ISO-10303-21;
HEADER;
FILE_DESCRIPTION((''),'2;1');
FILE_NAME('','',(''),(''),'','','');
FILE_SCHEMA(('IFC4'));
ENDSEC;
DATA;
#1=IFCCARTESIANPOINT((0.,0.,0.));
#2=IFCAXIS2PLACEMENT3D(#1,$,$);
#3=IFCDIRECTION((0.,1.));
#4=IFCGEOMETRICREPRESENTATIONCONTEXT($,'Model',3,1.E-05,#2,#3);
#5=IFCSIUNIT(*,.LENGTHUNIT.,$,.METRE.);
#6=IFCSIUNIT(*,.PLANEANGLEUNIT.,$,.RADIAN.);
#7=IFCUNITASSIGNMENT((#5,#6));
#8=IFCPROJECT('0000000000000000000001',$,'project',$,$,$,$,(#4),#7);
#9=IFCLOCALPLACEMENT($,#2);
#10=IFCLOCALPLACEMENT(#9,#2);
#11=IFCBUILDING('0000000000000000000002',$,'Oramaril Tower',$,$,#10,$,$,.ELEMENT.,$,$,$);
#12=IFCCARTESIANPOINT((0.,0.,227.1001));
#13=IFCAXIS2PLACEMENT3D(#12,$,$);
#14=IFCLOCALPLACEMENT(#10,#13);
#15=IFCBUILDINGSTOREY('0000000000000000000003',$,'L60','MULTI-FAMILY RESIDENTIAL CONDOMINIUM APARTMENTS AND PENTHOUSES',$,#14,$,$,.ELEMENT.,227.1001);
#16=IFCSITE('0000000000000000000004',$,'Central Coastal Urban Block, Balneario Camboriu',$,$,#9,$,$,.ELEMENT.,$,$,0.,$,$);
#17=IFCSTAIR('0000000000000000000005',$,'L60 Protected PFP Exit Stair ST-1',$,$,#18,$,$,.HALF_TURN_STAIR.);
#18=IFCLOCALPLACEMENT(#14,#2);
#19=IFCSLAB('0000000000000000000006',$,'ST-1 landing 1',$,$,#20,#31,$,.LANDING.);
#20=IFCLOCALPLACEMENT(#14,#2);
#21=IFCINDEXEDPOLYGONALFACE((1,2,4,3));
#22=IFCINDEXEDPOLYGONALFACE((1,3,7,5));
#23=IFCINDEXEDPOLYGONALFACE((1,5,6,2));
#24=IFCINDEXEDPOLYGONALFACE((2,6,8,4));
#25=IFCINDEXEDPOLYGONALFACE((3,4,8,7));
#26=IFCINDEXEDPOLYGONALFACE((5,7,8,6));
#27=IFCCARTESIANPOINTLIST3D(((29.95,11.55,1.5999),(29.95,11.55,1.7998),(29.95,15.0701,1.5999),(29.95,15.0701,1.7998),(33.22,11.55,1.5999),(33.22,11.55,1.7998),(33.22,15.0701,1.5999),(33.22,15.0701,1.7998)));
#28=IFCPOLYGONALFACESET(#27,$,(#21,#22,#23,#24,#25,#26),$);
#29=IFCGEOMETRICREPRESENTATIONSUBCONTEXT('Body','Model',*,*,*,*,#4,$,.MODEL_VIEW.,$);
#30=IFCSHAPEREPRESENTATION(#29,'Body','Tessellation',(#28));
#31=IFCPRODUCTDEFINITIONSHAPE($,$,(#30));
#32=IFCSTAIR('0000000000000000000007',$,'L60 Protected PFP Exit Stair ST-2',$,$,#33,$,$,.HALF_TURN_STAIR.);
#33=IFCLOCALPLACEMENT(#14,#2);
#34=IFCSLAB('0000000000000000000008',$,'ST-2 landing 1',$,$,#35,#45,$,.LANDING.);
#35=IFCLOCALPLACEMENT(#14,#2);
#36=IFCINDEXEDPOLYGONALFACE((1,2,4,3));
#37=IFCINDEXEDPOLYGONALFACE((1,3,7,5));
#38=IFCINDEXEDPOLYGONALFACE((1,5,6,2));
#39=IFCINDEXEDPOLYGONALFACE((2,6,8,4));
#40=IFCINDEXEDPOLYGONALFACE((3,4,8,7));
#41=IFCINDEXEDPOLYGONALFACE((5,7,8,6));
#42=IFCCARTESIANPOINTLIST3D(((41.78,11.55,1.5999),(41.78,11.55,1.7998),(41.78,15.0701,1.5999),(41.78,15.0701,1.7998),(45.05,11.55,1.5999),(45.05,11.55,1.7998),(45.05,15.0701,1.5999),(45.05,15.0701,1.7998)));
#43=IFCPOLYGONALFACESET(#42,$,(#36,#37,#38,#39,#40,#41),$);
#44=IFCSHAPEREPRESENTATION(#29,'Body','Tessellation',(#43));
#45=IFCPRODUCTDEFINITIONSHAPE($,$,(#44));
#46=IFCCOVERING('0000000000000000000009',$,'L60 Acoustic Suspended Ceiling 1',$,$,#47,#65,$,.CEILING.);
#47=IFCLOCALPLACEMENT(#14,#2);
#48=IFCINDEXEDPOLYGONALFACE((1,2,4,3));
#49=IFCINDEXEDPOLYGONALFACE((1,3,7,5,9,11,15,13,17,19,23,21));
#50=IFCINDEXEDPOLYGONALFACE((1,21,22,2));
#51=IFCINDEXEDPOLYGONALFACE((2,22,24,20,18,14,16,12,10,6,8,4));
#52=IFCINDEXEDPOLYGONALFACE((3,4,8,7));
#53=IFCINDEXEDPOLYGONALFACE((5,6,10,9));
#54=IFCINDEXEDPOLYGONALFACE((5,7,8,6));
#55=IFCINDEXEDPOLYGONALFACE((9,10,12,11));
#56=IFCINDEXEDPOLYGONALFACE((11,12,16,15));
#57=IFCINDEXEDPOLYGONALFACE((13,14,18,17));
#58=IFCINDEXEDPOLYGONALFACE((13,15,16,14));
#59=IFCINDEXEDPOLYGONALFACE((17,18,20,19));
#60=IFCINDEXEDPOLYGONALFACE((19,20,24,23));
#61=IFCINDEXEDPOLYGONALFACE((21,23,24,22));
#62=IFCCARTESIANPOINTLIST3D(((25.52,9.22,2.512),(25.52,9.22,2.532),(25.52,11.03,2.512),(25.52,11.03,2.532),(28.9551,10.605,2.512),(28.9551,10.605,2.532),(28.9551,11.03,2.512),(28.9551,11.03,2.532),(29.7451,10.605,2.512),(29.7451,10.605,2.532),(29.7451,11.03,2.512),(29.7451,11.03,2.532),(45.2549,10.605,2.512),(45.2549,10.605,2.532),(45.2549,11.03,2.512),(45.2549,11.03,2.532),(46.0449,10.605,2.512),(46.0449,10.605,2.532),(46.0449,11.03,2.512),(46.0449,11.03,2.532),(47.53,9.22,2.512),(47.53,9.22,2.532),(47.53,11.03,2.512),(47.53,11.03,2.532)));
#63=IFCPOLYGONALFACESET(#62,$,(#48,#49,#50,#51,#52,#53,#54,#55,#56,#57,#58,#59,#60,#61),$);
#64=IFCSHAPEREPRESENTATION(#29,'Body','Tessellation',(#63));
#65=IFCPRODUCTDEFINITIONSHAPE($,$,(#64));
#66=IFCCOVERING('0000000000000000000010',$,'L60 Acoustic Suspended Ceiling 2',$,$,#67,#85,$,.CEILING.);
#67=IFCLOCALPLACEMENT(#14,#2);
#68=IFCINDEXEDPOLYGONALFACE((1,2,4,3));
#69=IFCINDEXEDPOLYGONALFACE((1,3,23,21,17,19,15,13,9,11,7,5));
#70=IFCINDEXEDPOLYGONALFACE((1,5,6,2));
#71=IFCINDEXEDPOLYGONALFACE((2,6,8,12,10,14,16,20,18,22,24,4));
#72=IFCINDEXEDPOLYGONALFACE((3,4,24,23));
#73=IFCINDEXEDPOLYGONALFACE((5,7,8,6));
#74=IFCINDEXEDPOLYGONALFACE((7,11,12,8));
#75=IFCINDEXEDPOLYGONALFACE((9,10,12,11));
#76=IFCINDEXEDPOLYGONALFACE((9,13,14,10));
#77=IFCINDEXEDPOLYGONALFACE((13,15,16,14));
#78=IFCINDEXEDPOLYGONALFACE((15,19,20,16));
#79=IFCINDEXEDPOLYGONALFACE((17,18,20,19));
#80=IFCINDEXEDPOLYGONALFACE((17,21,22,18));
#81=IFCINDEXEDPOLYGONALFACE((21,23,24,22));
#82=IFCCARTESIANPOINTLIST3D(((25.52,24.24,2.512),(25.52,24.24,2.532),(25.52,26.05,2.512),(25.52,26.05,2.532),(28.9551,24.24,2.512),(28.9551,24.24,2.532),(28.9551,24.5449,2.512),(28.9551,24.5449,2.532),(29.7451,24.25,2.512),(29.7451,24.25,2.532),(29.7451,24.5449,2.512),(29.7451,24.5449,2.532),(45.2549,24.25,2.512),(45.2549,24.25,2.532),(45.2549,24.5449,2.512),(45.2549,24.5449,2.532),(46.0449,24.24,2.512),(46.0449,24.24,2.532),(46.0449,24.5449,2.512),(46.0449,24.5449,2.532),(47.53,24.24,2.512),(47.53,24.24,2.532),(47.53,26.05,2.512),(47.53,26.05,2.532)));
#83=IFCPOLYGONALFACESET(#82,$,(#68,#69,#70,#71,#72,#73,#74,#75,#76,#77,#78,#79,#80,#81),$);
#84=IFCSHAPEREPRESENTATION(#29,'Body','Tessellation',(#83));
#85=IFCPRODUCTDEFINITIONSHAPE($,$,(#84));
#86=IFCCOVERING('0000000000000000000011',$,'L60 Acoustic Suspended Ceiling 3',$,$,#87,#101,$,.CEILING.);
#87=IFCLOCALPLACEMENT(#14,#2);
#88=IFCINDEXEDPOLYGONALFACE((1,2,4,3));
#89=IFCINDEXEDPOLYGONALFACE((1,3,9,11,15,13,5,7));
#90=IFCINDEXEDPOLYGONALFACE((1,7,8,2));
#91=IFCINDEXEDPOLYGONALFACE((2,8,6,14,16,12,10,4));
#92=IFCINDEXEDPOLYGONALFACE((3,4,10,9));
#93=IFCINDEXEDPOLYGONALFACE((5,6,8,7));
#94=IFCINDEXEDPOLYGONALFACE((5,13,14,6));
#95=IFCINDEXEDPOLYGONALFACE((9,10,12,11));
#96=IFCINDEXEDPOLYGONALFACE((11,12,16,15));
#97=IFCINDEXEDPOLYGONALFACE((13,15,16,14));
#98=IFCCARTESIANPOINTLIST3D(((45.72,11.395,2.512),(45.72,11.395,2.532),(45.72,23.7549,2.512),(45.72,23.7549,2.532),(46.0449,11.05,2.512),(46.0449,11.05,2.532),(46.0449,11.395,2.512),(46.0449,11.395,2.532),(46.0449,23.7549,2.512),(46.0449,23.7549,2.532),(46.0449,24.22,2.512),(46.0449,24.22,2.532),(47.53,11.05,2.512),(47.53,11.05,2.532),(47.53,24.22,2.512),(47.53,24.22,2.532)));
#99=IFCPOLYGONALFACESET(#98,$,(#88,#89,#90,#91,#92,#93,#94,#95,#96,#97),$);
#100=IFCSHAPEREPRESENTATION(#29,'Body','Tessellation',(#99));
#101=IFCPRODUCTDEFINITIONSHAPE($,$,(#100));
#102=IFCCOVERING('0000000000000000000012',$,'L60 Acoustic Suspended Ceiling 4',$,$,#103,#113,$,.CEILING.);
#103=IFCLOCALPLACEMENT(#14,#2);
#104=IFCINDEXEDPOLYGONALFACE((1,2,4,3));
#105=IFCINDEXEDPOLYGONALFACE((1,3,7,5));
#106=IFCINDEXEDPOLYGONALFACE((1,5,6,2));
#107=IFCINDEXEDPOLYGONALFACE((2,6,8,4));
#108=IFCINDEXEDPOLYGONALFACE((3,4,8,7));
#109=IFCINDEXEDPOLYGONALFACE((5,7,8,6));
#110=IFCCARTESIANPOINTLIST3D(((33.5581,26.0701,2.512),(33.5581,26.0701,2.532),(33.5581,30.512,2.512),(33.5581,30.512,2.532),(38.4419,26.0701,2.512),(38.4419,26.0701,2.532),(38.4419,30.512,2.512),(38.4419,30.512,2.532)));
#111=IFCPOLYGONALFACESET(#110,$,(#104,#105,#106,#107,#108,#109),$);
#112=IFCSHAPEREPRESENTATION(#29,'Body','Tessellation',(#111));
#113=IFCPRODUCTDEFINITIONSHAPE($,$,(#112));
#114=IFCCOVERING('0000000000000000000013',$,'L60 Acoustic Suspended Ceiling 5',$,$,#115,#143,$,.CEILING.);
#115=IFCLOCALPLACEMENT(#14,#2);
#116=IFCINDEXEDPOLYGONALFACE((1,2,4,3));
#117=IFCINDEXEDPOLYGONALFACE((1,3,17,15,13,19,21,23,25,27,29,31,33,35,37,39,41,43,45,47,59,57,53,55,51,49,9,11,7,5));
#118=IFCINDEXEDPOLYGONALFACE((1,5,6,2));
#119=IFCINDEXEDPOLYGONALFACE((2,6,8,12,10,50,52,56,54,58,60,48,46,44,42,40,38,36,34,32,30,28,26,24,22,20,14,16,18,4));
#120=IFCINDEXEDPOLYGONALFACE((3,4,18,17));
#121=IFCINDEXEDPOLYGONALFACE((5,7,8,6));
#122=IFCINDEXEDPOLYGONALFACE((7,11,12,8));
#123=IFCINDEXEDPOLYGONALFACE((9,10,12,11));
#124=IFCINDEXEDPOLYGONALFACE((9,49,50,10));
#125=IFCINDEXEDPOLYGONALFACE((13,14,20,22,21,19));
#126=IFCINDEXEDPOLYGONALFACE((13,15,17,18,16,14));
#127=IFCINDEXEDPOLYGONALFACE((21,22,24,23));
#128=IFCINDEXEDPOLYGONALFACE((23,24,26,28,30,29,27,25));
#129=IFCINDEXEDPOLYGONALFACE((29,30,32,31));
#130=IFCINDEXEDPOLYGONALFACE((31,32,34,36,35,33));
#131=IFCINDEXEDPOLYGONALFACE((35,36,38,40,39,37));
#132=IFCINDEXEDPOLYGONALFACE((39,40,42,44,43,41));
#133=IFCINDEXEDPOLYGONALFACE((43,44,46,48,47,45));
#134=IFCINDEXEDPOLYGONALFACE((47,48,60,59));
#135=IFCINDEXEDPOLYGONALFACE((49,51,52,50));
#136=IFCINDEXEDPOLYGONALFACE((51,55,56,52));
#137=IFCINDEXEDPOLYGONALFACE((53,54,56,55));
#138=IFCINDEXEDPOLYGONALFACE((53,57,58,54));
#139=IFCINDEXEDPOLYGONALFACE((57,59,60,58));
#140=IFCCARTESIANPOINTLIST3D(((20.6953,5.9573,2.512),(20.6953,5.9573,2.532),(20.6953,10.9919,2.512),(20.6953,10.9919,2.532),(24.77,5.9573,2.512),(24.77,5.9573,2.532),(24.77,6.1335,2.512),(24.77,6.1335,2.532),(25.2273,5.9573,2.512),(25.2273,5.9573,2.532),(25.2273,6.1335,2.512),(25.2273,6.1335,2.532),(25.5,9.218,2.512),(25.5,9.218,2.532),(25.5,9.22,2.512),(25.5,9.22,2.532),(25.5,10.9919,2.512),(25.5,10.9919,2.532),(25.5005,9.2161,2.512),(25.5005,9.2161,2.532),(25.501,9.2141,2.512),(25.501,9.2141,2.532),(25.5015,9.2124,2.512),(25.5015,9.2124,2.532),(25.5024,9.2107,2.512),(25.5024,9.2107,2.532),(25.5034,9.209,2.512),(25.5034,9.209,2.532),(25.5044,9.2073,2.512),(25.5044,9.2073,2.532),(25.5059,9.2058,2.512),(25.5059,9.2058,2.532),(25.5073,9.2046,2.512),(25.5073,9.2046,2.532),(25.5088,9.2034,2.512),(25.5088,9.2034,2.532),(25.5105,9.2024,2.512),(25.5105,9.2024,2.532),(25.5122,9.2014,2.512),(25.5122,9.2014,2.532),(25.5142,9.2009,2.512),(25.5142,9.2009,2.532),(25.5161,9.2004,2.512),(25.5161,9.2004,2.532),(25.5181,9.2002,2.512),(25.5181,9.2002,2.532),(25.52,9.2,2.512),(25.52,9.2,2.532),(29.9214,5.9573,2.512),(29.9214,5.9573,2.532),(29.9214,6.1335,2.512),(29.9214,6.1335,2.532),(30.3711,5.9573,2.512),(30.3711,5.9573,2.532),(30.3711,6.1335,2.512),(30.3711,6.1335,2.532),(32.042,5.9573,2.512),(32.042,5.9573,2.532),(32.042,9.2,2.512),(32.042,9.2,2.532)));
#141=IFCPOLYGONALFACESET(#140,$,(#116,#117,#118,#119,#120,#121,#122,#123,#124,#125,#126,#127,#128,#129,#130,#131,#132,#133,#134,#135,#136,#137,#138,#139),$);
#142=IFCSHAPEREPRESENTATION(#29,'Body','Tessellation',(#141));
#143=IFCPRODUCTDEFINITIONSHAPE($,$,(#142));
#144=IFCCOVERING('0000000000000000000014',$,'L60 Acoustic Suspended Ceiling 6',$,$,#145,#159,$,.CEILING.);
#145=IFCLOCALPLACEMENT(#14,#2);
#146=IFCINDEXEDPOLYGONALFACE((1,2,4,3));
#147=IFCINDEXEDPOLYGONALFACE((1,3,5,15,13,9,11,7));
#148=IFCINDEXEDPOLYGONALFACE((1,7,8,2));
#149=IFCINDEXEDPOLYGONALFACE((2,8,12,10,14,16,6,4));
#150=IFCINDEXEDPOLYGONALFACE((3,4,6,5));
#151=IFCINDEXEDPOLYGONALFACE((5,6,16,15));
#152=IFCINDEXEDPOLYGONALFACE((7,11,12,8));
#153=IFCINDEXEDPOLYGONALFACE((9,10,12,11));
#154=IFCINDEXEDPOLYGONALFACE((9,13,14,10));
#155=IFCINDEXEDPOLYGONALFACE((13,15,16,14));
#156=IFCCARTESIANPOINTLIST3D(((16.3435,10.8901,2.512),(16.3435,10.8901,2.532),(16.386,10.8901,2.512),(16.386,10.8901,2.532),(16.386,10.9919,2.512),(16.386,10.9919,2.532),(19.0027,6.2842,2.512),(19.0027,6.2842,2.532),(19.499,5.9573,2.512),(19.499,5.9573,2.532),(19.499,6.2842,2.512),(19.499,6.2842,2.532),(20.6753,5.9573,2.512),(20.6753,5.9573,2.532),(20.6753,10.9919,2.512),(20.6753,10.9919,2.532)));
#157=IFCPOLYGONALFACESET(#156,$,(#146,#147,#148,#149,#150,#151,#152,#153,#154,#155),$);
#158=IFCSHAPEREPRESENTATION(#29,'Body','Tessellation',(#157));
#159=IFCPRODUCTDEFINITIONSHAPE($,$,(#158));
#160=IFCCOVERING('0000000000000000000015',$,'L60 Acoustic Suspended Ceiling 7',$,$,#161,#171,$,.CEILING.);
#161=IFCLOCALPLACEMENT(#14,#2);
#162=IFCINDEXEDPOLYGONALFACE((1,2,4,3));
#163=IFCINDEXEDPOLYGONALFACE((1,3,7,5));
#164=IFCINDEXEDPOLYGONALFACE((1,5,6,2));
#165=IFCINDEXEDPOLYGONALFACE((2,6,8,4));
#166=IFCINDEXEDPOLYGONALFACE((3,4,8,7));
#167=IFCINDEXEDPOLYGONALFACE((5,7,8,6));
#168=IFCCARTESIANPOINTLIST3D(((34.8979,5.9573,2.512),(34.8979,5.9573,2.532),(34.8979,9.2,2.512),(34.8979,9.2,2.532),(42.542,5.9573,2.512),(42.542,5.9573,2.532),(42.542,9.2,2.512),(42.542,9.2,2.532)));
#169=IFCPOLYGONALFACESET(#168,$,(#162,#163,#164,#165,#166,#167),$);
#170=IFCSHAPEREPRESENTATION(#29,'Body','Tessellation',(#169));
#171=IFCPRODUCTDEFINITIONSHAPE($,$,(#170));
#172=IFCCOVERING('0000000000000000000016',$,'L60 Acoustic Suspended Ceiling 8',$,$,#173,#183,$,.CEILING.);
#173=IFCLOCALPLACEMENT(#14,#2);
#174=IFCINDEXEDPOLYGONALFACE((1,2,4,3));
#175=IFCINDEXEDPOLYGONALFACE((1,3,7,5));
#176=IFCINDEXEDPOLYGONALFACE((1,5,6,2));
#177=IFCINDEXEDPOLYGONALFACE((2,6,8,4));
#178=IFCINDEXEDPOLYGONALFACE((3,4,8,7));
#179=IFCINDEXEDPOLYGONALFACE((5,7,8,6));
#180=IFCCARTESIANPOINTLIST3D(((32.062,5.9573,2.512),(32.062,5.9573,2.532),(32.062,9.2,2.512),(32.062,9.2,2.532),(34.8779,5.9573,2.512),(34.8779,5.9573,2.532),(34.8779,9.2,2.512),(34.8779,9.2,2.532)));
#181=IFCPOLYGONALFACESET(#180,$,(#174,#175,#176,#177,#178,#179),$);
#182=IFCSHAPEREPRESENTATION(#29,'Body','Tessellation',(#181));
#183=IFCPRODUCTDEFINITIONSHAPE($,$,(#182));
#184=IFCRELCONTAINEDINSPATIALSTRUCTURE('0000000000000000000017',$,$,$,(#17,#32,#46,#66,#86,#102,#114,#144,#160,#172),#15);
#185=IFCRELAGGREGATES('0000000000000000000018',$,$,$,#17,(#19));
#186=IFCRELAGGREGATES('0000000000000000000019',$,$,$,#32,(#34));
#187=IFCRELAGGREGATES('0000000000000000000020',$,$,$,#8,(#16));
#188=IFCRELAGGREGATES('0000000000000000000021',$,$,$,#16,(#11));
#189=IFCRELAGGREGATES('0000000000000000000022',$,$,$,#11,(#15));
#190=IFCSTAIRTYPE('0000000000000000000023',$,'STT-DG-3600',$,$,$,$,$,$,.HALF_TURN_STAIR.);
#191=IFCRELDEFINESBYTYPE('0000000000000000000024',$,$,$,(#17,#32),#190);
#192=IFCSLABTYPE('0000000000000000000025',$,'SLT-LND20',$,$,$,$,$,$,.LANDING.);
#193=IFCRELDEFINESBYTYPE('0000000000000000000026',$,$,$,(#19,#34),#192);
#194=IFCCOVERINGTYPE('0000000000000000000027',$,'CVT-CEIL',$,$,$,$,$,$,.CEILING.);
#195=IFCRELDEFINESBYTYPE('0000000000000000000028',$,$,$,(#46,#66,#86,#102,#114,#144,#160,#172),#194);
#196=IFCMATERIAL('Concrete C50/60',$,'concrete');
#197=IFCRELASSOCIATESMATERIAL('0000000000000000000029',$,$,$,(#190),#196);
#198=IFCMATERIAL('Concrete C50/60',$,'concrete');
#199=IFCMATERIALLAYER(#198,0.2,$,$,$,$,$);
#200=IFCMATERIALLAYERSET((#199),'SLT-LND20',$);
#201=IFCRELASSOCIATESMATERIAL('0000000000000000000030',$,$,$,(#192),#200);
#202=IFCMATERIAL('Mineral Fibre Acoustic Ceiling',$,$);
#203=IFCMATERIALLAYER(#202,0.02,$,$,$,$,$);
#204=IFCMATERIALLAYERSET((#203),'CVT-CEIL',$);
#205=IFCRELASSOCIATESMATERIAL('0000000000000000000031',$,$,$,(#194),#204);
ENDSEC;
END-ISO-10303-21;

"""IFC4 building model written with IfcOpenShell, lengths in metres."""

from ifc_helpers import new_model, si_unit, direction, frame, origin, place, context, subcontext, project, spatial, polyline, outline, extrude, material, layer, layer_set, type_object, element, aggregate, save


model = new_model("IFC4")

# Units and contexts
model_context = context("Model", 3, precision=1e-05, world=origin(), true_north=direction((0.0, 1.0)))
body_context = subcontext(model_context, "Body", "Model", "MODEL_VIEW")
ifc_project = project(units=[si_unit("LENGTHUNIT", "METRE"), si_unit("PLANEANGLEUNIT", "RADIAN")], contexts=[model_context])

# Site, building, storey
site_placement = place(None, origin())
site = spatial("IfcSite", under=ifc_project, at=site_placement, Name="Central Coastal Urban Block, Balneario Camboriu", CompositionType="ELEMENT", RefElevation=0.0)
building_placement = place(site_placement, origin())
building = spatial("IfcBuilding", under=site, at=building_placement, Name="Oramaril Tower", CompositionType="ELEMENT")
storey_placement = place(building_placement, frame((0.0, 0.0, 227.1001)))
storey = spatial("IfcBuildingStorey", under=building, at=storey_placement, Name="L60", Description="MULTI-FAMILY RESIDENTIAL CONDOMINIUM APARTMENTS AND PENTHOUSES", CompositionType="ELEMENT", Elevation=227.1001)

# Stairs, slabs
ifc_material_1 = material(Name="Concrete C50/60", Category="concrete")
stair_type = type_object("IfcStairType", Name="STT-DG-3600", PredefinedType="HALF_TURN_STAIR", material=ifc_material_1)
stair_1_placement = place(storey_placement, origin())
stair_1 = element("IfcStair", 1, at=stair_1_placement, inside=storey, type_object=stair_type, Name="L60 Protected PFP Exit Stair ST-1", PredefinedType="HALF_TURN_STAIR")
ifc_material_2 = material(Name="Concrete C50/60", Category="concrete")
ifc_layer_1 = layer(ifc_material_2, 0.2)
ifc_layer_set_1 = layer_set([ifc_layer_1], Name="SLT-LND20")
slab_type = type_object("IfcSlabType", Name="SLT-LND20", PredefinedType="LANDING", material=ifc_layer_set_1)
slab_1_placement = place(storey_placement, frame((0.0, 0.0, 1.5999)))
slab_1 = element("IfcSlab", 2, at=slab_1_placement, type_object=slab_type, Name="ST-1 landing 1", PredefinedType="LANDING", context=body_context, shape_type="SweptSolid", body=[
    extrude(outline(polyline([(29.95, 15.0701), (29.95, 11.55), (33.22, 11.55), (33.22, 15.0701), (29.95, 15.0701)])), origin(), (0.0, 0.0, 1.0), 0.2),
])
aggregate(stair_1, [slab_1])
stair_2_placement = place(storey_placement, origin())
stair_2 = element("IfcStair", 3, at=stair_2_placement, inside=storey, type_object=stair_type, Name="L60 Protected PFP Exit Stair ST-2", PredefinedType="HALF_TURN_STAIR")
slab_2_placement = place(storey_placement, frame((0.0, 0.0, 1.5999)))
slab_2 = element("IfcSlab", 4, at=slab_2_placement, type_object=slab_type, Name="ST-2 landing 1", PredefinedType="LANDING", context=body_context, shape_type="SweptSolid", body=[
    extrude(outline(polyline([(41.78, 15.0701), (41.78, 11.55), (45.05, 11.55), (45.05, 15.0701), (41.78, 15.0701)])), origin(), (0.0, 0.0, 1.0), 0.2),
])
aggregate(stair_2, [slab_2])

# Coverings
ifc_material_3 = material(Name="Mineral Fibre Acoustic Ceiling")
ifc_layer_2 = layer(ifc_material_3, 0.02)
ifc_layer_set_2 = layer_set([ifc_layer_2], Name="CVT-CEIL")
covering_type_1 = type_object("IfcCoveringType", Name="CVT-CEIL", PredefinedType="CEILING", material=ifc_layer_set_2)
covering_1_placement = place(storey_placement, frame((0.0, 0.0, 2.512)))
element("IfcCovering", 5, at=covering_1_placement, inside=storey, type_object=covering_type_1, Name="L60 Acoustic Suspended Ceiling 1", PredefinedType="CEILING", context=body_context, shape_type="SweptSolid", body=[
    extrude(outline(polyline([(28.9551, 10.605), (29.7451, 10.605), (29.7451, 11.03), (45.2549, 11.03), (45.2549, 10.605), (46.0449, 10.605), (46.0449, 11.03), (47.53, 11.03), (47.53, 9.22), (25.52, 9.22), (25.52, 11.03), (28.9551, 11.03), (28.9551, 10.605)])), origin(), (0.0, 0.0, 1.0), 0.02),
])
covering_2_placement = place(storey_placement, frame((0.0, 0.0, 2.512)))
element("IfcCovering", 6, at=covering_2_placement, inside=storey, type_object=covering_type_1, Name="L60 Acoustic Suspended Ceiling 2", PredefinedType="CEILING", context=body_context, shape_type="SweptSolid", body=[
    extrude(outline(polyline([(47.53, 24.24), (46.0449, 24.24), (46.0449, 24.5449), (45.2549, 24.5449), (45.2549, 24.25), (29.7451, 24.25), (29.7451, 24.5449), (28.9551, 24.5449), (28.9551, 24.24), (25.52, 24.24), (25.52, 26.05), (47.53, 26.05), (47.53, 24.24)])), origin(), (0.0, 0.0, 1.0), 0.02),
])
covering_3_placement = place(storey_placement, frame((0.0, 0.0, 2.512)))
element("IfcCovering", 7, at=covering_3_placement, inside=storey, type_object=covering_type_1, Name="L60 Acoustic Suspended Ceiling 3", PredefinedType="CEILING", context=body_context, shape_type="SweptSolid", body=[
    extrude(outline(polyline([(47.53, 11.05), (46.0449, 11.05), (46.0449, 11.395), (45.72, 11.395), (45.72, 23.7549), (46.0449, 23.7549), (46.0449, 24.22), (47.53, 24.22), (47.53, 11.05)])), origin(), (0.0, 0.0, 1.0), 0.02),
])
covering_4_placement = place(storey_placement, frame((0.0, 0.0, 2.512)))
element("IfcCovering", 8, at=covering_4_placement, inside=storey, type_object=covering_type_1, Name="L60 Acoustic Suspended Ceiling 4", PredefinedType="CEILING", context=body_context, shape_type="SweptSolid", body=[
    extrude(outline(polyline([(38.4419, 30.512), (38.4419, 26.0701), (33.5581, 26.0701), (33.5581, 30.512), (38.4419, 30.512)])), origin(), (0.0, 0.0, 1.0), 0.02),
])
covering_5_placement = place(storey_placement, frame((0.0, 0.0, 2.512)))
element("IfcCovering", 9, at=covering_5_placement, inside=storey, type_object=covering_type_1, Name="L60 Acoustic Suspended Ceiling 5", PredefinedType="CEILING", context=body_context, shape_type="SweptSolid", body=[
    extrude(outline(polyline([(32.042, 5.9573), (30.3711, 5.9573), (30.3711, 6.1335), (29.9214, 6.1335), (29.9214, 5.9573), (25.2273, 5.9573), (25.2273, 6.1335), (24.77, 6.1335), (24.77, 5.9573), (20.6953, 5.9573), (20.6953, 10.9919), (25.5, 10.9919), (25.5, 9.22), (25.5, 9.218), (25.5005, 9.2161), (25.501, 9.2141), (25.5015, 9.2124), (25.5024, 9.2107), (25.5034, 9.209), (25.5044, 9.2073), (25.5059, 9.2058), (25.5073, 9.2046), (25.5088, 9.2034), (25.5105, 9.2024), (25.5122, 9.2014), (25.5142, 9.2009), (25.5161, 9.2004), (25.5181, 9.2002), (25.52, 9.2), (32.042, 9.2), (32.042, 5.9573)])), origin(), (0.0, 0.0, 1.0), 0.02),
])
covering_6_placement = place(storey_placement, frame((0.0, 0.0, 2.512)))
element("IfcCovering", 10, at=covering_6_placement, inside=storey, type_object=covering_type_1, Name="L60 Acoustic Suspended Ceiling 6", PredefinedType="CEILING", context=body_context, shape_type="SweptSolid", body=[
    extrude(outline(polyline([(19.499, 5.9573), (19.499, 6.2842), (19.0027, 6.2842), (16.3435, 10.8901), (16.386, 10.8901), (16.386, 10.9919), (20.6753, 10.9919), (20.6753, 5.9573), (19.499, 5.9573)])), origin(), (0.0, 0.0, 1.0), 0.02),
])
covering_7_placement = place(storey_placement, frame((0.0, 0.0, 2.512)))
element("IfcCovering", 11, at=covering_7_placement, inside=storey, type_object=covering_type_1, Name="L60 Acoustic Suspended Ceiling 7", PredefinedType="CEILING", context=body_context, shape_type="SweptSolid", body=[
    extrude(outline(polyline([(34.8979, 5.9573), (34.8979, 9.2), (42.542, 9.2), (42.542, 5.9573), (34.8979, 5.9573)])), origin(), (0.0, 0.0, 1.0), 0.02),
])
covering_8_placement = place(storey_placement, frame((0.0, 0.0, 2.512)))
element("IfcCovering", 12, at=covering_8_placement, inside=storey, type_object=covering_type_1, Name="L60 Acoustic Suspended Ceiling 8", PredefinedType="CEILING", context=body_context, shape_type="SweptSolid", body=[
    extrude(outline(polyline([(32.062, 5.9573), (32.062, 9.2), (34.8779, 9.2), (34.8779, 5.9573), (32.062, 5.9573)])), origin(), (0.0, 0.0, 1.0), 0.02),
])

save(model, "model.ifc")
